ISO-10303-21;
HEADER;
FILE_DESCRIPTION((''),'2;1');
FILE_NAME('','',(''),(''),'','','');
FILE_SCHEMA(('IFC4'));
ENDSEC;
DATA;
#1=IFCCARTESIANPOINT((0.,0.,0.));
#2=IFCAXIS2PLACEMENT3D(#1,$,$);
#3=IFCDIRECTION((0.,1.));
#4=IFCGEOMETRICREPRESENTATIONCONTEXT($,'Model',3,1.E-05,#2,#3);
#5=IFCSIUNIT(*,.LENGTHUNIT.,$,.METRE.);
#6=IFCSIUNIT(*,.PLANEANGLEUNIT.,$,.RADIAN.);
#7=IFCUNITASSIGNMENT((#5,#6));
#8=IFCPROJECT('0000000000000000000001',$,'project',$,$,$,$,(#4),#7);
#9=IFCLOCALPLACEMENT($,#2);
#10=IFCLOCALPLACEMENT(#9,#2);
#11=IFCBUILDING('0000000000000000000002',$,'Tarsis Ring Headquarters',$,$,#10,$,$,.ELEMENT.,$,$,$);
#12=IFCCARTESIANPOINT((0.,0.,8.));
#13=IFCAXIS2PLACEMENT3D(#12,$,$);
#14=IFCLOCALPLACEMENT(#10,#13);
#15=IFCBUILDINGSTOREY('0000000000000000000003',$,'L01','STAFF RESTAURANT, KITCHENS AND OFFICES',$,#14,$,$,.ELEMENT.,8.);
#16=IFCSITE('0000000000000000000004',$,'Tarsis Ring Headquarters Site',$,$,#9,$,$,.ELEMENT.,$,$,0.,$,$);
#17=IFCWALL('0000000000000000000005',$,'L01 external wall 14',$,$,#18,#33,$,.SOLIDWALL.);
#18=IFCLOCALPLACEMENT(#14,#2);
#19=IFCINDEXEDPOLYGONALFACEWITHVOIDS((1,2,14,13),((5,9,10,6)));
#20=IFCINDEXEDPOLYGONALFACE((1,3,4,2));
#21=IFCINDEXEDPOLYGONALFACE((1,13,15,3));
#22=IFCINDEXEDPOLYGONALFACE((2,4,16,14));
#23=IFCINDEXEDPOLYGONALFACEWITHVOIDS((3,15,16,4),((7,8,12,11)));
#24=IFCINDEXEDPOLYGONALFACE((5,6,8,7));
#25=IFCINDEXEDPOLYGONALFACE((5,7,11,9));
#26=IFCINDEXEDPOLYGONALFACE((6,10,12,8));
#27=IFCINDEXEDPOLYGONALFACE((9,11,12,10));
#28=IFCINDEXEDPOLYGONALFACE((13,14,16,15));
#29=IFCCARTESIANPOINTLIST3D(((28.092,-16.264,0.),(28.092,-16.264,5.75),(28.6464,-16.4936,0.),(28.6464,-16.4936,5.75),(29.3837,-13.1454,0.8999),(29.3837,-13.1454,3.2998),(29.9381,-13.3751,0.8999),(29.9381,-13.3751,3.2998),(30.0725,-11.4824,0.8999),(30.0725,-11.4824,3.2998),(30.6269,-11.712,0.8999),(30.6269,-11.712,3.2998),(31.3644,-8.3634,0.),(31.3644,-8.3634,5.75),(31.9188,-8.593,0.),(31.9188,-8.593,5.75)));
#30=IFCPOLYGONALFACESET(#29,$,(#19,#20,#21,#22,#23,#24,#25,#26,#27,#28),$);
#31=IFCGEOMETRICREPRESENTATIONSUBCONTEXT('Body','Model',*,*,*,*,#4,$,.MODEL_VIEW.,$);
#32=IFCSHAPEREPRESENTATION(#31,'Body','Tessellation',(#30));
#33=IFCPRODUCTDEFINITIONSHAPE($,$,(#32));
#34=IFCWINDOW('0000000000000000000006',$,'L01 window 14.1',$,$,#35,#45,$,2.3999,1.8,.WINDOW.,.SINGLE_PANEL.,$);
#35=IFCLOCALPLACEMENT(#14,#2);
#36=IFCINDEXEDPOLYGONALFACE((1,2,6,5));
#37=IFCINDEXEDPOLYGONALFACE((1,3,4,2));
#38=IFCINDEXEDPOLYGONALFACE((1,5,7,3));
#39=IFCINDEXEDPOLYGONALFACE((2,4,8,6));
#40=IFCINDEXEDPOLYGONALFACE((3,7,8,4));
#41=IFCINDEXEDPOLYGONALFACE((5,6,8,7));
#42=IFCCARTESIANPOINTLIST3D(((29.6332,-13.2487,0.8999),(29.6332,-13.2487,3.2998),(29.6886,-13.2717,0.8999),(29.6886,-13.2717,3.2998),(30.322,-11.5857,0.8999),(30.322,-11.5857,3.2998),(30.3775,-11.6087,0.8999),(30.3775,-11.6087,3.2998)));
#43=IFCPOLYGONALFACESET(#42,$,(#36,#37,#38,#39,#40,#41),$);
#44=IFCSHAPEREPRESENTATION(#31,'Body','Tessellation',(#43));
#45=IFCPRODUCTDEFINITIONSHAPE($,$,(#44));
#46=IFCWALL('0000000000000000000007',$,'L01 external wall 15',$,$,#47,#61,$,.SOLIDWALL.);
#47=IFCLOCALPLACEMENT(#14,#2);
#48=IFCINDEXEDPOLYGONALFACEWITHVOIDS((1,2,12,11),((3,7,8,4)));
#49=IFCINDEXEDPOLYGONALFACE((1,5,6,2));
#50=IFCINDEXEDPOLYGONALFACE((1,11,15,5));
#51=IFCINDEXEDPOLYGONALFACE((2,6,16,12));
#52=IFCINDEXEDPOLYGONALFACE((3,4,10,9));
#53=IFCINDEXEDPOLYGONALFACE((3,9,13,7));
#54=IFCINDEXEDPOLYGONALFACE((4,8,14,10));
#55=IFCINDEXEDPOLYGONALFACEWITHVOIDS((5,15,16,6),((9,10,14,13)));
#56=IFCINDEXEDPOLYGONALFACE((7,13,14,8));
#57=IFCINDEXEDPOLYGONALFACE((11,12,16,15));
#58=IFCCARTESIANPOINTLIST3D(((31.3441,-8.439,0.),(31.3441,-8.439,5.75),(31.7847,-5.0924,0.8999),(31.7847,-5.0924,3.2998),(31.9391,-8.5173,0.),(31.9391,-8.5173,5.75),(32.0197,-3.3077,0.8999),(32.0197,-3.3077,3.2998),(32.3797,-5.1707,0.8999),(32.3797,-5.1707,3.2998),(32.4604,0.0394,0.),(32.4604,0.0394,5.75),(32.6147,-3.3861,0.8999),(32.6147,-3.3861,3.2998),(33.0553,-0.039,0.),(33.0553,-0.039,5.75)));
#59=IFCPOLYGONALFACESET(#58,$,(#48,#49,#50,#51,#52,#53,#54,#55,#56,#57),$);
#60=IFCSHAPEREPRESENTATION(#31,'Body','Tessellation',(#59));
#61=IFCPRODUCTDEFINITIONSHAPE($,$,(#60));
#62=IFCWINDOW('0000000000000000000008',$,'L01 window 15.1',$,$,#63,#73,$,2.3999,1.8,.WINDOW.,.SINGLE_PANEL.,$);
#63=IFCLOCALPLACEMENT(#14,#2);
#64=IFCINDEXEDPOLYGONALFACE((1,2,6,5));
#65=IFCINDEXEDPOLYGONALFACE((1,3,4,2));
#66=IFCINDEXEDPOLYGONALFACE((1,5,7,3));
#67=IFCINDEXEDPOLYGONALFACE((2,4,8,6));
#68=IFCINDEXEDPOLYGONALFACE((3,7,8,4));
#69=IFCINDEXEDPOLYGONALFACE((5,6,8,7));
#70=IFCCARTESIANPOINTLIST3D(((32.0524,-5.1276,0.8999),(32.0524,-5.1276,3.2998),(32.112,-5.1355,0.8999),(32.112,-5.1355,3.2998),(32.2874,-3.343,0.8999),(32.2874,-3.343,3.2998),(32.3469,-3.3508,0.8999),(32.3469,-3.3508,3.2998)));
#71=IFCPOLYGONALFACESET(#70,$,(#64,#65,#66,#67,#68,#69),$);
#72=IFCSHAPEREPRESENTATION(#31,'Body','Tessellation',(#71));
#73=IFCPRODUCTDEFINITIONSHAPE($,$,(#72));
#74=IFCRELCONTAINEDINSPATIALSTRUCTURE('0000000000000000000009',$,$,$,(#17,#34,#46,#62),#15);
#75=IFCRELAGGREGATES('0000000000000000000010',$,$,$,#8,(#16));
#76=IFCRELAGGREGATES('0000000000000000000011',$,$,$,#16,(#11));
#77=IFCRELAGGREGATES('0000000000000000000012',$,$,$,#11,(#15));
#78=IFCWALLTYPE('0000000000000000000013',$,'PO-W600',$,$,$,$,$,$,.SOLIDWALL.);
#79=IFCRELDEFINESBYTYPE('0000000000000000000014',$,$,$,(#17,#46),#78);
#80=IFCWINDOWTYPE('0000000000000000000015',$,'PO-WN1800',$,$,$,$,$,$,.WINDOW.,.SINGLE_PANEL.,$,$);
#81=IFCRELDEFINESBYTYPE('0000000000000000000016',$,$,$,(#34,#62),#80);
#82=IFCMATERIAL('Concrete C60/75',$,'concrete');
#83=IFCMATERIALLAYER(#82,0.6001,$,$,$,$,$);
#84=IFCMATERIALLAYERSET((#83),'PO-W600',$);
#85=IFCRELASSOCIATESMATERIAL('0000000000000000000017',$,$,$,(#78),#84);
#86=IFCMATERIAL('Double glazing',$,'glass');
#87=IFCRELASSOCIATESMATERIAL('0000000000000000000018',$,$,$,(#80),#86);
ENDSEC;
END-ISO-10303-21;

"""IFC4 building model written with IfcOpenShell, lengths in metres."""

from ifc_helpers import new_model, si_unit, direction, frame, frame_2d, origin, place, context, subcontext, project, spatial, rectangle, extrude, material, layer, layer_set, type_object, element, fill, save


model = new_model("IFC4")

# Units and contexts
model_context = context("Model", 3, precision=1e-05, world=origin(), true_north=direction((0.0, 1.0)))
body_context = subcontext(model_context, "Body", "Model", "MODEL_VIEW")
ifc_project = project(units=[si_unit("LENGTHUNIT", "METRE"), si_unit("PLANEANGLEUNIT", "RADIAN")], contexts=[model_context])

# Site, building, storey
site_placement = place(None, origin())
site = spatial("IfcSite", under=ifc_project, at=site_placement, Name="Tarsis Ring Headquarters Site", CompositionType="ELEMENT", RefElevation=0.0)
building_placement = place(site_placement, origin())
building = spatial("IfcBuilding", under=site, at=building_placement, Name="Tarsis Ring Headquarters", CompositionType="ELEMENT")
storey_placement = place(building_placement, frame((0.0, 0.0, 8.0)))
storey = spatial("IfcBuildingStorey", under=building, at=storey_placement, Name="L01", Description="STAFF RESTAURANT, KITCHENS AND OFFICES", CompositionType="ELEMENT", Elevation=8.0)

# Shared definitions
ifc_material_1 = material(Name="Concrete C60/75", Category="concrete")

# Walls, openings, windows
ifc_layer_1 = layer(ifc_material_1, 0.6001)
ifc_layer_set_1 = layer_set([ifc_layer_1], Name="PO-W600")
wall_type_1 = type_object("IfcWallType", Name="PO-W600", PredefinedType="SOLIDWALL", material=ifc_layer_set_1)
ifc_material_2 = material(Name="Double glazing", Category="glass")
window_type = type_object("IfcWindowType", Name="PO-WN1800", PartitioningType="SINGLE_PANEL", PredefinedType="WINDOW", material=ifc_material_2)
wall_1_placement = place(storey_placement, frame((28.3691, -16.3789, 0.0), z_axis=(0.0, 0.0, 1.0), x_axis=(0.382675, 0.923883, 0.0)))
wall_1 = element("IfcWall", 1, at=wall_1_placement, inside=storey, type_object=wall_type_1, Name="L01 external wall 14", PredefinedType="SOLIDWALL", context=body_context, shape_type="SweptSolid", body=[
    extrude(rectangle(XDim=8.5515, YDim=0.6001, at=frame_2d((4.2759, 0.0))), origin(), (0.0, 0.0, 1.0), 5.75),
])
opening_1_placement = place(wall_1_placement, frame((3.3757, 0.0, 0.8999)))
opening_1 = element("IfcOpeningElement", 2, at=opening_1_placement, cuts=wall_1, PredefinedType="OPENING", context=body_context, shape_type="SweptSolid", body=[
    extrude(rectangle(XDim=1.8, YDim=2.3999, at=frame_2d((0.8999, 1.2))), frame((0.0, 0.3101, 0.0), z_axis=(0.0, -1.0, 0.0), x_axis=(1.0, 0.0, 0.0)), (0.0, 0.0, 1.0), 0.6201),
])
window_1_placement = place(opening_1_placement, origin())
window_1 = element("IfcWindow", 3, at=window_1_placement, inside=storey, type_object=window_type, Name="L01 window 14.1", OverallHeight=2.3999, OverallWidth=1.8, PartitioningType="SINGLE_PANEL", PredefinedType="WINDOW", context=body_context, shape_type="SweptSolid", body=[
    extrude(rectangle(XDim=1.8, YDim=2.3999, at=frame_2d((0.8999, 1.2))), frame((0.0, 0.03, 0.0), z_axis=(0.0, -1.0, 0.0), x_axis=(1.0, 0.0, 0.0)), (0.0, 0.0, 1.0), 0.0601),
])
fill(opening_1, window_1)
wall_2_placement = place(storey_placement, frame((31.6416, -8.4783, 0.0), z_axis=(0.0, 0.0, 1.0), x_axis=(0.130529, 0.991444, 0.0)))
wall_2 = element("IfcWall", 4, at=wall_2_placement, inside=storey, type_object=wall_type_1, Name="L01 external wall 15", PredefinedType="SOLIDWALL", context=body_context, shape_type="SweptSolid", body=[
    extrude(rectangle(XDim=8.5515, YDim=0.6001, at=frame_2d((4.2759, 0.0))), origin(), (0.0, 0.0, 1.0), 5.75),
])
opening_2_placement = place(wall_2_placement, frame((3.3757, 0.0, 0.8999)))
opening_2 = element("IfcOpeningElement", 5, at=opening_2_placement, cuts=wall_2, PredefinedType="OPENING", context=body_context, shape_type="SweptSolid", body=[
    extrude(rectangle(XDim=1.8, YDim=2.3999, at=frame_2d((0.8999, 1.2))), frame((0.0, 0.3101, 0.0), z_axis=(0.0, -1.0, 0.0), x_axis=(1.0, 0.0, 0.0)), (0.0, 0.0, 1.0), 0.6201),
])
window_2_placement = place(opening_2_placement, origin())
window_2 = element("IfcWindow", 6, at=window_2_placement, inside=storey, type_object=window_type, Name="L01 window 15.1", OverallHeight=2.3999, OverallWidth=1.8, PartitioningType="SINGLE_PANEL", PredefinedType="WINDOW", context=body_context, shape_type="SweptSolid", body=[
    extrude(rectangle(XDim=1.8, YDim=2.3999, at=frame_2d((0.8999, 1.2))), frame((0.0, 0.03, 0.0), z_axis=(0.0, -1.0, 0.0), x_axis=(1.0, 0.0, 0.0)), (0.0, 0.0, 1.0), 0.0601),
])
fill(opening_2, window_2)

save(model, "model.ifc")
